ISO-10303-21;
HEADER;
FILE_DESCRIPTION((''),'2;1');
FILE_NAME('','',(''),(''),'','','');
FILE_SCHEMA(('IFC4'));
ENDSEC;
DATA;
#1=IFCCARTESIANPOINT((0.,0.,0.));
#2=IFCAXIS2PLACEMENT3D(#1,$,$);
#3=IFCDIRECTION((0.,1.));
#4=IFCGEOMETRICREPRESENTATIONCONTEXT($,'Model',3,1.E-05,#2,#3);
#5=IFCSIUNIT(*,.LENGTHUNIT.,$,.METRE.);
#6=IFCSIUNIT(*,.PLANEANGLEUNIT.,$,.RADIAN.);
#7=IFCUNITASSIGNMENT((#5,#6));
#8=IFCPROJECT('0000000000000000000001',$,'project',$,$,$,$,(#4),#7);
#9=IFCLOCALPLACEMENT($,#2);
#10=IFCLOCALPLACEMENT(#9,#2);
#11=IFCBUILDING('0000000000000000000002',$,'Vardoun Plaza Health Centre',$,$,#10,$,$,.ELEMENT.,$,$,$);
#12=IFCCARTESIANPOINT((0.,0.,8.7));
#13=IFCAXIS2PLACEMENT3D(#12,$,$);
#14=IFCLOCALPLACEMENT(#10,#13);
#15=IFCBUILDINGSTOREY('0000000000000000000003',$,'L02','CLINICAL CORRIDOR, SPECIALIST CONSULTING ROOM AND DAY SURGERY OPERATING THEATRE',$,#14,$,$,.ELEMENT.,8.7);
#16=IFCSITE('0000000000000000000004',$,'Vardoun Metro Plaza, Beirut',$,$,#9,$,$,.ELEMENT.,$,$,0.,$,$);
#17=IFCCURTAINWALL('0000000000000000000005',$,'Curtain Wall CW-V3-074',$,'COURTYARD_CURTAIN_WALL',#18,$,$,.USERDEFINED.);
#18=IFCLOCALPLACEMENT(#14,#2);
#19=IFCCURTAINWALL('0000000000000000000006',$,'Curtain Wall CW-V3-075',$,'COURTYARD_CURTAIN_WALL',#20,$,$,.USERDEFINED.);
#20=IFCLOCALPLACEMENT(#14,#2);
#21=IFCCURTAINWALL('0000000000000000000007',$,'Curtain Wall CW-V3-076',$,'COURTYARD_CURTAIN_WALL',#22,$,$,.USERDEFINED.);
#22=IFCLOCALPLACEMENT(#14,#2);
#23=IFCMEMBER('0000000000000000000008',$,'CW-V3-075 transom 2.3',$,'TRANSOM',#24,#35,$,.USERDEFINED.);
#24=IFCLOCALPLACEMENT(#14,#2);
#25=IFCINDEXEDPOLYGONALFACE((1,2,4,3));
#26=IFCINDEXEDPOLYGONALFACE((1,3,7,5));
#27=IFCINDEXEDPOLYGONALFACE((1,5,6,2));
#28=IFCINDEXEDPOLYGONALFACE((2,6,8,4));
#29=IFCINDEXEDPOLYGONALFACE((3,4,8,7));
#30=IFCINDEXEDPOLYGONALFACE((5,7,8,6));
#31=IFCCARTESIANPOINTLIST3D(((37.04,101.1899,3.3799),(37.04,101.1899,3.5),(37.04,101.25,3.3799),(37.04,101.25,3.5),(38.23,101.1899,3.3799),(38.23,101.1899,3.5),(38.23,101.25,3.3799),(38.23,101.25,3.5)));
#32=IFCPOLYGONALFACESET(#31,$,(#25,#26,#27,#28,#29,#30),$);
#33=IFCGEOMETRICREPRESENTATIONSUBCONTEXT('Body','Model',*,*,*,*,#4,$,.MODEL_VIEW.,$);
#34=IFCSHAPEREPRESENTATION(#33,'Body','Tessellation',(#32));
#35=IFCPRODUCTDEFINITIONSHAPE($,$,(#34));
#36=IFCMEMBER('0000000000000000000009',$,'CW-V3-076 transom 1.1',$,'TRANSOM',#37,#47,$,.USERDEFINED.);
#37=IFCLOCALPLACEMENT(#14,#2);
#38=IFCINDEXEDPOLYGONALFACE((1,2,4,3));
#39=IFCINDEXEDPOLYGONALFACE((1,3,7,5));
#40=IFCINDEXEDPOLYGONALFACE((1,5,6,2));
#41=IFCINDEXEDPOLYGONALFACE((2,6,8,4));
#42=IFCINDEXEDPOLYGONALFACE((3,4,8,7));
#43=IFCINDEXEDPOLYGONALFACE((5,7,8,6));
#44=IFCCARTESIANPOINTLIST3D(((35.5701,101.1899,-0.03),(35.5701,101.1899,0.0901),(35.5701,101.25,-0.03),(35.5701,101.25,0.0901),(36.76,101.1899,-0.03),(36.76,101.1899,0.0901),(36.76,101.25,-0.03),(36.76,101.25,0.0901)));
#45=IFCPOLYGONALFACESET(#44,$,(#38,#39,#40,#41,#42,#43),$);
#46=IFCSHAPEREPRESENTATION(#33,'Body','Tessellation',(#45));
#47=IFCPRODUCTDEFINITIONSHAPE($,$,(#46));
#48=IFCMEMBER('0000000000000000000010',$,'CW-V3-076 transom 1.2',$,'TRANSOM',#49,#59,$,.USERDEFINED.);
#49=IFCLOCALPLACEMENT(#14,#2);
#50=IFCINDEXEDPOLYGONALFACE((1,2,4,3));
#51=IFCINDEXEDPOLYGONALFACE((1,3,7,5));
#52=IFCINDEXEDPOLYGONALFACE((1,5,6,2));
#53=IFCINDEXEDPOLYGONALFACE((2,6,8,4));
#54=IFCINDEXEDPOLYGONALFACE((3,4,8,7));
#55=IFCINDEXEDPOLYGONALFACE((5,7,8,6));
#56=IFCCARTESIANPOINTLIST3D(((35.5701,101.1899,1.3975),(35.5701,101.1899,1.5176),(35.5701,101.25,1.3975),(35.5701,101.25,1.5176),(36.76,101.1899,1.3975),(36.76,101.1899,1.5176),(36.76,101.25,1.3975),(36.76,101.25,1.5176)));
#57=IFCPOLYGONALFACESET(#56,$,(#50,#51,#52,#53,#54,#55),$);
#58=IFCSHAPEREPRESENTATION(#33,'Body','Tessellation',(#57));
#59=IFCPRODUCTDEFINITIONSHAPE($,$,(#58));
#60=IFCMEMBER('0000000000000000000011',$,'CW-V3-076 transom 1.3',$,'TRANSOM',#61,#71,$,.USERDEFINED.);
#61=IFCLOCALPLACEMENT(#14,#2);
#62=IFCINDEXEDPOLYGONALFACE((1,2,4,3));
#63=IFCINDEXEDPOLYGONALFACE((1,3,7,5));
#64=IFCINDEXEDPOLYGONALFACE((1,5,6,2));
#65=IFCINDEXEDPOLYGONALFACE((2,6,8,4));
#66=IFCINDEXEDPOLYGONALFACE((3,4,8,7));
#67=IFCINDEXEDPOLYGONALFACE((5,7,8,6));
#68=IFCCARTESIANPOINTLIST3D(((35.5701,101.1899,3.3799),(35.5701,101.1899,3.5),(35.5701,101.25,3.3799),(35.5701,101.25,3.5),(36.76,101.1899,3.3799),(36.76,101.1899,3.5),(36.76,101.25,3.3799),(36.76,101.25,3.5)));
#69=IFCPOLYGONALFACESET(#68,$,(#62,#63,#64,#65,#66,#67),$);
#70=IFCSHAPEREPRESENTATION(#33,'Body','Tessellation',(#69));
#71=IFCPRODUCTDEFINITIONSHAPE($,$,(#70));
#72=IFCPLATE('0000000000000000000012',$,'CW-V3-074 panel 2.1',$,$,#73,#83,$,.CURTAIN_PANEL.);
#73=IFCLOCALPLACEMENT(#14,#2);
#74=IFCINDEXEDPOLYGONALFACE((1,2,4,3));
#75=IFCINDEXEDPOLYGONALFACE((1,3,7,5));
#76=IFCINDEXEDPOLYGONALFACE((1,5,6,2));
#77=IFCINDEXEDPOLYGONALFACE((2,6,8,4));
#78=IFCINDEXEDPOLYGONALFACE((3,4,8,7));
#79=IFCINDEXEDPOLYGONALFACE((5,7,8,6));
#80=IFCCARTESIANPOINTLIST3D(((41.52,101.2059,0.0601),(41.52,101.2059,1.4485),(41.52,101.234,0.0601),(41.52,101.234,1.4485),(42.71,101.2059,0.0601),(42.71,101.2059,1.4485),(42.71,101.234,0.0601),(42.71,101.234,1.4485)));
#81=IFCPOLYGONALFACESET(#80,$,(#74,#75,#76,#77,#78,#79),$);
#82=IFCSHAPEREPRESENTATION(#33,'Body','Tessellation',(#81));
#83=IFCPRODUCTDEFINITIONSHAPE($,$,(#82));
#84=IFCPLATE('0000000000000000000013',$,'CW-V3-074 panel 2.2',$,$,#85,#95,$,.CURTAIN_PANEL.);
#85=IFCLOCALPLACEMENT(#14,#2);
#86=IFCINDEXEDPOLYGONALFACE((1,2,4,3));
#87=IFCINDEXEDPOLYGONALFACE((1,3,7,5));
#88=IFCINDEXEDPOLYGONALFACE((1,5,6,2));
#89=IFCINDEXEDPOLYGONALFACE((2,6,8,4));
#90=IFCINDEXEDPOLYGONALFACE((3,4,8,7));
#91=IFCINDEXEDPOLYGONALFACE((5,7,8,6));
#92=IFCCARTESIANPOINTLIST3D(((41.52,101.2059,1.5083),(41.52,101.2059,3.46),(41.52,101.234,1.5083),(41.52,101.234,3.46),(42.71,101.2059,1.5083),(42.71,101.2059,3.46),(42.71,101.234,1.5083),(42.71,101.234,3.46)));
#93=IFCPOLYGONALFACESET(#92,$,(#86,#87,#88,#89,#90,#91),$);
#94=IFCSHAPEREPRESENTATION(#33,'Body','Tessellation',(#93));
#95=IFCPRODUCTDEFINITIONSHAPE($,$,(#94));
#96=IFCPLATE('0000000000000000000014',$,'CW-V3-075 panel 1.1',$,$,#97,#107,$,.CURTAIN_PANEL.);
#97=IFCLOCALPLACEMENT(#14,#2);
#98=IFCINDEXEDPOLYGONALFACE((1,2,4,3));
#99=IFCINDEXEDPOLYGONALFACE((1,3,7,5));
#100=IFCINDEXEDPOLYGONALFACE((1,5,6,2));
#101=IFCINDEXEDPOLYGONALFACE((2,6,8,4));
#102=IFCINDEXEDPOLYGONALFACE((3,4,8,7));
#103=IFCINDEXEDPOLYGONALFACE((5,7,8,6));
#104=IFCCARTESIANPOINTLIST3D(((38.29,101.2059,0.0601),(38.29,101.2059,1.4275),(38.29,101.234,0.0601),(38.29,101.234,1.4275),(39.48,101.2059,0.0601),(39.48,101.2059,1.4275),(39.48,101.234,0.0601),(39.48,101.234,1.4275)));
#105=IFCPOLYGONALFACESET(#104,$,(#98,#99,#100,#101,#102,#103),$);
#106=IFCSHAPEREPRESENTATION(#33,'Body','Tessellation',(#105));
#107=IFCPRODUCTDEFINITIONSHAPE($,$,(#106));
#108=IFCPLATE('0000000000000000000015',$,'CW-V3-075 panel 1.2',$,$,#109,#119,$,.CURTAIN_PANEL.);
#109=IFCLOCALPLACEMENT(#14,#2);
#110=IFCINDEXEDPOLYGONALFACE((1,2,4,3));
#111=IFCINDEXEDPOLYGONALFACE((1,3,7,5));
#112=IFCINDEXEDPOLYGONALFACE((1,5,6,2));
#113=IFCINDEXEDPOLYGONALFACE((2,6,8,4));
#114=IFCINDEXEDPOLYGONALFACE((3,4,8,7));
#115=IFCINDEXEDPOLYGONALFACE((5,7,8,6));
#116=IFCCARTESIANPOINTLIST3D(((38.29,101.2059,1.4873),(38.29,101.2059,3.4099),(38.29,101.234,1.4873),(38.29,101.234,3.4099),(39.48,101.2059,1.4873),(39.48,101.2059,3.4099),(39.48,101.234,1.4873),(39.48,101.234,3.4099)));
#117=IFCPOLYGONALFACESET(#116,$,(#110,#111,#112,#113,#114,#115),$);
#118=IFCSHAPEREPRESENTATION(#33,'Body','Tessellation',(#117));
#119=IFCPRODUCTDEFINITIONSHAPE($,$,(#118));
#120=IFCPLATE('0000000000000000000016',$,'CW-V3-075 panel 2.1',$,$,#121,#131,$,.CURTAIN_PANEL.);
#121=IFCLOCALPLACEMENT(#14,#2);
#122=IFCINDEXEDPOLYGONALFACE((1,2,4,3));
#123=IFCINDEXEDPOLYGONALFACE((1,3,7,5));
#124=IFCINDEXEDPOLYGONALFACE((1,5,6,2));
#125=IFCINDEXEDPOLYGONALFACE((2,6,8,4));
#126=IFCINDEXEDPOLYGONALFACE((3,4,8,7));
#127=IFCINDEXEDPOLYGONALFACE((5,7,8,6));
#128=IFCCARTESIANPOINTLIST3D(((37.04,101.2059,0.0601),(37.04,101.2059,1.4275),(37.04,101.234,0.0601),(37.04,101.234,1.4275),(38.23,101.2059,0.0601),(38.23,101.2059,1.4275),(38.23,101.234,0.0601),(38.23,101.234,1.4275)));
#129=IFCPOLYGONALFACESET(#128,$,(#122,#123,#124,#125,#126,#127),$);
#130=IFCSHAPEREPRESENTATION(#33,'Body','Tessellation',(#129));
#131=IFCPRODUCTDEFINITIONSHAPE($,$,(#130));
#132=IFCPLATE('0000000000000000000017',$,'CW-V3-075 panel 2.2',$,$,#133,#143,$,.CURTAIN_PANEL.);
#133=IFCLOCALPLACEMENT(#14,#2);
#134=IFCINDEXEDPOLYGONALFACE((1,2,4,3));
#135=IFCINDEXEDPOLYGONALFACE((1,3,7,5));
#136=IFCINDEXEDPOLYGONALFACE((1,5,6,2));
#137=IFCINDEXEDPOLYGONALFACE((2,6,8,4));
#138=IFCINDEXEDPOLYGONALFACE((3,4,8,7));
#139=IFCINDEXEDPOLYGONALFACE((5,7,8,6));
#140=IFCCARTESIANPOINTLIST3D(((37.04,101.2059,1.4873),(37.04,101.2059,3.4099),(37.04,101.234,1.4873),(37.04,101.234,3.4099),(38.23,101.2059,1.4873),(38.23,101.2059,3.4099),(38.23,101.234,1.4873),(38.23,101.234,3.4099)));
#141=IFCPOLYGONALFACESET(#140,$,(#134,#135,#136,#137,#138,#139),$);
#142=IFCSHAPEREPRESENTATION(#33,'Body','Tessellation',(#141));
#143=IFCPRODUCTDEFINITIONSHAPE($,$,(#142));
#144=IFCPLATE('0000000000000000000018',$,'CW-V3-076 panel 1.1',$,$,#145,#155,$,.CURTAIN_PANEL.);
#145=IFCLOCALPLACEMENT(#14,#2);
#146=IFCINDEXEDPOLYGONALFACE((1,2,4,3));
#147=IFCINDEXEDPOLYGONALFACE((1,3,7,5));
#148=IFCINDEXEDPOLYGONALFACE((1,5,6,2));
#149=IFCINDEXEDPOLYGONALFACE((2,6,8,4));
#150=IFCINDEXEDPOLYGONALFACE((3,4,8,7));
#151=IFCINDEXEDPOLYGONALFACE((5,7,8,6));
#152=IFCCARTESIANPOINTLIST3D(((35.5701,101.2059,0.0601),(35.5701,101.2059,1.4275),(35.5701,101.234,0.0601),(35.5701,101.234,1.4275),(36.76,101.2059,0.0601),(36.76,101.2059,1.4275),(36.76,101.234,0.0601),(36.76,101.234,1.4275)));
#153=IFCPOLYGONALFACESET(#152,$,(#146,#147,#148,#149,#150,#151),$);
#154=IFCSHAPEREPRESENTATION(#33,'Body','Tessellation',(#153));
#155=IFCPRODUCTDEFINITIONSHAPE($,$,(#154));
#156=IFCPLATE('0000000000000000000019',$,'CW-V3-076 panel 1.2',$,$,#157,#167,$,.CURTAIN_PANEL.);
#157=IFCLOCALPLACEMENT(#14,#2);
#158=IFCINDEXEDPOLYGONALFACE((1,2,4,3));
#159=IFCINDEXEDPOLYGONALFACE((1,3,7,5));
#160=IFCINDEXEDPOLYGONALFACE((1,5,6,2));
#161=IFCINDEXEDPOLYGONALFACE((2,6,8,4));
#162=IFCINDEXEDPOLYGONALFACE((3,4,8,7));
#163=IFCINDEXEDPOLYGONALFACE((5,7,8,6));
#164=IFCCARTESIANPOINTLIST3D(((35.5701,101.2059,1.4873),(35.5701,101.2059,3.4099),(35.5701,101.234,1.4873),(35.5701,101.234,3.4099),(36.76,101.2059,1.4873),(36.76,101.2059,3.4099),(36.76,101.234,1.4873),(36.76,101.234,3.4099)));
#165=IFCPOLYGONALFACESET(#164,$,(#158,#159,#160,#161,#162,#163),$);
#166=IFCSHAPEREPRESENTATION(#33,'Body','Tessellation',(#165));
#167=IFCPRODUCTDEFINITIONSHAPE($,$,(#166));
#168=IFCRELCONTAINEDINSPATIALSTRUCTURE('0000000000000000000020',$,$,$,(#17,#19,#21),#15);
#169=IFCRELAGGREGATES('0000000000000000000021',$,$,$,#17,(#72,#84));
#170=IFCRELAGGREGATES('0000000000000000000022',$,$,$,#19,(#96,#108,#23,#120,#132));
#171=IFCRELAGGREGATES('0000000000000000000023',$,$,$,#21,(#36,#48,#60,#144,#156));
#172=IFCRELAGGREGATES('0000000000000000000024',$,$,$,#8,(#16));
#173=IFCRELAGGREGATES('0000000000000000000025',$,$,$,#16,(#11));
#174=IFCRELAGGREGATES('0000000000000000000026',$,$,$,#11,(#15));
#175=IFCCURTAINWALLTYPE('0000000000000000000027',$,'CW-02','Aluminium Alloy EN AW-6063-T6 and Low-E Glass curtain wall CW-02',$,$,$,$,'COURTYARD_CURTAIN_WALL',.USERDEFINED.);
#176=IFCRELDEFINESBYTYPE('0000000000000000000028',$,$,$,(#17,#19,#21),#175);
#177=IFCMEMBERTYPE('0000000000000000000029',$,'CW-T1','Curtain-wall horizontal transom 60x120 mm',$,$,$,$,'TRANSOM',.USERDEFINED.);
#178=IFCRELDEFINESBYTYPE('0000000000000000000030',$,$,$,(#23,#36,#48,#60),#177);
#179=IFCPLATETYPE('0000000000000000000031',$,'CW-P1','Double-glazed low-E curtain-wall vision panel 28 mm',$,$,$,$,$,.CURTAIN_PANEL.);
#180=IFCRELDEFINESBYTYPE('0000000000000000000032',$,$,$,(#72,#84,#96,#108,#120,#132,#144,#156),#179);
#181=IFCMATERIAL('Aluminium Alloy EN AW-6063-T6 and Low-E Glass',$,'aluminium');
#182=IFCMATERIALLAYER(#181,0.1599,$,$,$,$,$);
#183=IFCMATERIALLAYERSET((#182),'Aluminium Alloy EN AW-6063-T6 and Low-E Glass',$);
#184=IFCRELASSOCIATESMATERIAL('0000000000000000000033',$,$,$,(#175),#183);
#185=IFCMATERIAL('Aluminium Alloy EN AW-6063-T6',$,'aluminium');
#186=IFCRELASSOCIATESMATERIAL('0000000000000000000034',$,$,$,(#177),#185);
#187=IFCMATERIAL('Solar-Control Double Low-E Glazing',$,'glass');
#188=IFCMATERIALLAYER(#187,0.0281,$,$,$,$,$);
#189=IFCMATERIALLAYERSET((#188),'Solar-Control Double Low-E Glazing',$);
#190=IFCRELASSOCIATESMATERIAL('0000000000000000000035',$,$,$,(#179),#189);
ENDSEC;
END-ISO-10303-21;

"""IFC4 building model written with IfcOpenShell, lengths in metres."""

from ifc_helpers import new_model, si_unit, direction, frame, origin, origin_2d, place, context, subcontext, project, spatial, rectangle, extrude, material, layer, layer_set, material_profile, profile_set, type_object, element, aggregate, save


model = new_model("IFC4")

# Units and contexts
model_context = context("Model", 3, precision=1e-05, world=origin(), true_north=direction((0.0, 1.0)))
body_context = subcontext(model_context, "Body", "Model", "MODEL_VIEW")
ifc_project = project(units=[si_unit("LENGTHUNIT", "METRE"), si_unit("PLANEANGLEUNIT", "RADIAN")], contexts=[model_context])

# Site, building, storey
site_placement = place(None, origin())
site = spatial("IfcSite", under=ifc_project, at=site_placement, Name="Vardoun Metro Plaza, Beirut", CompositionType="ELEMENT", RefElevation=0.0)
building_placement = place(site_placement, origin())
building = spatial("IfcBuilding", under=site, at=building_placement, Name="Vardoun Plaza Health Centre", CompositionType="ELEMENT")
storey_placement = place(building_placement, frame((0.0, 0.0, 8.7)))
storey = spatial("IfcBuildingStorey", under=building, at=storey_placement, Name="L02", Description="CLINICAL CORRIDOR, SPECIALIST CONSULTING ROOM AND DAY SURGERY OPERATING THEATRE", CompositionType="ELEMENT", Elevation=8.7)

# Curtain walls
ifc_material_1 = material(Name="Aluminium Alloy EN AW-6063-T6 and Low-E Glass", Category="aluminium")
ifc_layer_1 = layer(ifc_material_1, 0.1599)
ifc_layer_set_1 = layer_set([ifc_layer_1], Name="Aluminium Alloy EN AW-6063-T6 and Low-E Glass")
curtain_wall_type = type_object("IfcCurtainWallType", Name="CW-02", Description="Aluminium Alloy EN AW-6063-T6 and Low-E Glass curtain wall CW-02", ElementType="COURTYARD_CURTAIN_WALL", PredefinedType="USERDEFINED", material=ifc_layer_set_1)
curtain_wall_1_placement = place(storey_placement, origin())
curtain_wall_1 = element("IfcCurtainWall", 1, at=curtain_wall_1_placement, inside=storey, type_object=curtain_wall_type, Name="Curtain Wall CW-V3-074", ObjectType="COURTYARD_CURTAIN_WALL", PredefinedType="USERDEFINED")
curtain_wall_2_placement = place(storey_placement, origin())
curtain_wall_2 = element("IfcCurtainWall", 2, at=curtain_wall_2_placement, inside=storey, type_object=curtain_wall_type, Name="Curtain Wall CW-V3-075", ObjectType="COURTYARD_CURTAIN_WALL", PredefinedType="USERDEFINED")
curtain_wall_3_placement = place(storey_placement, origin())
curtain_wall_3 = element("IfcCurtainWall", 3, at=curtain_wall_3_placement, inside=storey, type_object=curtain_wall_type, Name="Curtain Wall CW-V3-076", ObjectType="COURTYARD_CURTAIN_WALL", PredefinedType="USERDEFINED")

# Members
ifc_material_2 = material(Name="Aluminium Alloy EN AW-6063-T6", Category="aluminium")
ifc_material_profile_1 = material_profile(ifc_material_2, rectangle(XDim=0.0601, YDim=0.1201, at=origin_2d()), Name="CWT 60x120")
ifc_profile_set_1 = profile_set([ifc_material_profile_1], Name="Aluminium Alloy EN AW-6063-T6")
member_type_1 = type_object("IfcMemberType", Name="CW-T1", Description="Curtain-wall horizontal transom 60x120 mm", ElementType="TRANSOM", PredefinedType="USERDEFINED", material=ifc_profile_set_1)
member_1_placement = place(storey_placement, frame((38.23, 101.22, 3.4399), z_axis=(-1.0, 0.0, 0.0), x_axis=(0.0, -1.0, 0.0)))
member_1 = element("IfcMember", 4, at=member_1_placement, type_object=member_type_1, Name="CW-V3-075 transom 2.3", ObjectType="TRANSOM", PredefinedType="USERDEFINED", context=body_context, shape_type="SweptSolid", body=[
    extrude(rectangle(XDim=0.0601, YDim=0.1201, at=origin_2d()), origin(), (0.0, 0.0, 1.0), 1.1899),
])
member_2_placement = place(storey_placement, frame((36.76, 101.22, 0.03), z_axis=(-1.0, 0.0, 0.0), x_axis=(0.0, -1.0, 0.0)))
member_2 = element("IfcMember", 5, at=member_2_placement, type_object=member_type_1, Name="CW-V3-076 transom 1.1", ObjectType="TRANSOM", PredefinedType="USERDEFINED", context=body_context, shape_type="SweptSolid", body=[
    extrude(rectangle(XDim=0.0601, YDim=0.1201, at=origin_2d()), origin(), (0.0, 0.0, 1.0), 1.1899),
])
member_3_placement = place(storey_placement, frame((36.76, 101.22, 1.4575), z_axis=(-1.0, 0.0, 0.0), x_axis=(0.0, -1.0, 0.0)))
member_3 = element("IfcMember", 6, at=member_3_placement, type_object=member_type_1, Name="CW-V3-076 transom 1.2", ObjectType="TRANSOM", PredefinedType="USERDEFINED", context=body_context, shape_type="SweptSolid", body=[
    extrude(rectangle(XDim=0.0601, YDim=0.1201, at=origin_2d()), origin(), (0.0, 0.0, 1.0), 1.1899),
])
member_4_placement = place(storey_placement, frame((36.76, 101.22, 3.4399), z_axis=(-1.0, 0.0, 0.0), x_axis=(0.0, -1.0, 0.0)))
member_4 = element("IfcMember", 7, at=member_4_placement, type_object=member_type_1, Name="CW-V3-076 transom 1.3", ObjectType="TRANSOM", PredefinedType="USERDEFINED", context=body_context, shape_type="SweptSolid", body=[
    extrude(rectangle(XDim=0.0601, YDim=0.1201, at=origin_2d()), origin(), (0.0, 0.0, 1.0), 1.1899),
])

# Plates
ifc_material_3 = material(Name="Solar-Control Double Low-E Glazing", Category="glass")
ifc_layer_2 = layer(ifc_material_3, 0.0281)
ifc_layer_set_2 = layer_set([ifc_layer_2], Name="Solar-Control Double Low-E Glazing")
plate_type = type_object("IfcPlateType", Name="CW-P1", Description="Double-glazed low-E curtain-wall vision panel 28 mm", PredefinedType="CURTAIN_PANEL", material=ifc_layer_set_2)
plate_1_placement = place(storey_placement, frame((42.115, 101.22, 0.0601), z_axis=(0.0, 0.0, 1.0), x_axis=(-1.0, 0.0, 0.0)))
plate_1 = element("IfcPlate", 8, at=plate_1_placement, type_object=plate_type, Name="CW-V3-074 panel 2.1", PredefinedType="CURTAIN_PANEL", context=body_context, shape_type="SweptSolid", body=[
    extrude(rectangle(XDim=1.1899, YDim=0.0281, at=origin_2d()), origin(), (0.0, 0.0, 1.0), 1.3884),
])
plate_2_placement = place(storey_placement, frame((42.115, 101.22, 1.5083), z_axis=(0.0, 0.0, 1.0), x_axis=(-1.0, 0.0, 0.0)))
plate_2 = element("IfcPlate", 9, at=plate_2_placement, type_object=plate_type, Name="CW-V3-074 panel 2.2", PredefinedType="CURTAIN_PANEL", context=body_context, shape_type="SweptSolid", body=[
    extrude(rectangle(XDim=1.1899, YDim=0.0281, at=origin_2d()), origin(), (0.0, 0.0, 1.0), 1.9517),
])
aggregate(curtain_wall_1, [plate_1, plate_2])
plate_3_placement = place(storey_placement, frame((38.885, 101.22, 0.0601), z_axis=(0.0, 0.0, 1.0), x_axis=(-1.0, 0.0, 0.0)))
plate_3 = element("IfcPlate", 10, at=plate_3_placement, type_object=plate_type, Name="CW-V3-075 panel 1.1", PredefinedType="CURTAIN_PANEL", context=body_context, shape_type="SweptSolid", body=[
    extrude(rectangle(XDim=1.1899, YDim=0.0281, at=origin_2d()), origin(), (0.0, 0.0, 1.0), 1.3674),
])
plate_4_placement = place(storey_placement, frame((38.885, 101.22, 1.4873), z_axis=(0.0, 0.0, 1.0), x_axis=(-1.0, 0.0, 0.0)))
plate_4 = element("IfcPlate", 11, at=plate_4_placement, type_object=plate_type, Name="CW-V3-075 panel 1.2", PredefinedType="CURTAIN_PANEL", context=body_context, shape_type="SweptSolid", body=[
    extrude(rectangle(XDim=1.1899, YDim=0.0281, at=origin_2d()), origin(), (0.0, 0.0, 1.0), 1.9226),
])
plate_5_placement = place(storey_placement, frame((37.635, 101.22, 0.0601), z_axis=(0.0, 0.0, 1.0), x_axis=(-1.0, 0.0, 0.0)))
plate_5 = element("IfcPlate", 12, at=plate_5_placement, type_object=plate_type, Name="CW-V3-075 panel 2.1", PredefinedType="CURTAIN_PANEL", context=body_context, shape_type="SweptSolid", body=[
    extrude(rectangle(XDim=1.1899, YDim=0.0281, at=origin_2d()), origin(), (0.0, 0.0, 1.0), 1.3674),
])
plate_6_placement = place(storey_placement, frame((37.635, 101.22, 1.4873), z_axis=(0.0, 0.0, 1.0), x_axis=(-1.0, 0.0, 0.0)))
plate_6 = element("IfcPlate", 13, at=plate_6_placement, type_object=plate_type, Name="CW-V3-075 panel 2.2", PredefinedType="CURTAIN_PANEL", context=body_context, shape_type="SweptSolid", body=[
    extrude(rectangle(XDim=1.1899, YDim=0.0281, at=origin_2d()), origin(), (0.0, 0.0, 1.0), 1.9226),
])
aggregate(curtain_wall_2, [plate_3, plate_4, member_1, plate_5, plate_6])
plate_7_placement = place(storey_placement, frame((36.165, 101.22, 0.0601), z_axis=(0.0, 0.0, 1.0), x_axis=(-1.0, 0.0, 0.0)))
plate_7 = element("IfcPlate", 14, at=plate_7_placement, type_object=plate_type, Name="CW-V3-076 panel 1.1", PredefinedType="CURTAIN_PANEL", context=body_context, shape_type="SweptSolid", body=[
    extrude(rectangle(XDim=1.1899, YDim=0.0281, at=origin_2d()), origin(), (0.0, 0.0, 1.0), 1.3674),
])
plate_8_placement = place(storey_placement, frame((36.165, 101.22, 1.4873), z_axis=(0.0, 0.0, 1.0), x_axis=(-1.0, 0.0, 0.0)))
plate_8 = element("IfcPlate", 15, at=plate_8_placement, type_object=plate_type, Name="CW-V3-076 panel 1.2", PredefinedType="CURTAIN_PANEL", context=body_context, shape_type="SweptSolid", body=[
    extrude(rectangle(XDim=1.1899, YDim=0.0281, at=origin_2d()), origin(), (0.0, 0.0, 1.0), 1.9226),
])
aggregate(curtain_wall_3, [member_2, member_3, member_4, plate_7, plate_8])

save(model, "model.ifc")
